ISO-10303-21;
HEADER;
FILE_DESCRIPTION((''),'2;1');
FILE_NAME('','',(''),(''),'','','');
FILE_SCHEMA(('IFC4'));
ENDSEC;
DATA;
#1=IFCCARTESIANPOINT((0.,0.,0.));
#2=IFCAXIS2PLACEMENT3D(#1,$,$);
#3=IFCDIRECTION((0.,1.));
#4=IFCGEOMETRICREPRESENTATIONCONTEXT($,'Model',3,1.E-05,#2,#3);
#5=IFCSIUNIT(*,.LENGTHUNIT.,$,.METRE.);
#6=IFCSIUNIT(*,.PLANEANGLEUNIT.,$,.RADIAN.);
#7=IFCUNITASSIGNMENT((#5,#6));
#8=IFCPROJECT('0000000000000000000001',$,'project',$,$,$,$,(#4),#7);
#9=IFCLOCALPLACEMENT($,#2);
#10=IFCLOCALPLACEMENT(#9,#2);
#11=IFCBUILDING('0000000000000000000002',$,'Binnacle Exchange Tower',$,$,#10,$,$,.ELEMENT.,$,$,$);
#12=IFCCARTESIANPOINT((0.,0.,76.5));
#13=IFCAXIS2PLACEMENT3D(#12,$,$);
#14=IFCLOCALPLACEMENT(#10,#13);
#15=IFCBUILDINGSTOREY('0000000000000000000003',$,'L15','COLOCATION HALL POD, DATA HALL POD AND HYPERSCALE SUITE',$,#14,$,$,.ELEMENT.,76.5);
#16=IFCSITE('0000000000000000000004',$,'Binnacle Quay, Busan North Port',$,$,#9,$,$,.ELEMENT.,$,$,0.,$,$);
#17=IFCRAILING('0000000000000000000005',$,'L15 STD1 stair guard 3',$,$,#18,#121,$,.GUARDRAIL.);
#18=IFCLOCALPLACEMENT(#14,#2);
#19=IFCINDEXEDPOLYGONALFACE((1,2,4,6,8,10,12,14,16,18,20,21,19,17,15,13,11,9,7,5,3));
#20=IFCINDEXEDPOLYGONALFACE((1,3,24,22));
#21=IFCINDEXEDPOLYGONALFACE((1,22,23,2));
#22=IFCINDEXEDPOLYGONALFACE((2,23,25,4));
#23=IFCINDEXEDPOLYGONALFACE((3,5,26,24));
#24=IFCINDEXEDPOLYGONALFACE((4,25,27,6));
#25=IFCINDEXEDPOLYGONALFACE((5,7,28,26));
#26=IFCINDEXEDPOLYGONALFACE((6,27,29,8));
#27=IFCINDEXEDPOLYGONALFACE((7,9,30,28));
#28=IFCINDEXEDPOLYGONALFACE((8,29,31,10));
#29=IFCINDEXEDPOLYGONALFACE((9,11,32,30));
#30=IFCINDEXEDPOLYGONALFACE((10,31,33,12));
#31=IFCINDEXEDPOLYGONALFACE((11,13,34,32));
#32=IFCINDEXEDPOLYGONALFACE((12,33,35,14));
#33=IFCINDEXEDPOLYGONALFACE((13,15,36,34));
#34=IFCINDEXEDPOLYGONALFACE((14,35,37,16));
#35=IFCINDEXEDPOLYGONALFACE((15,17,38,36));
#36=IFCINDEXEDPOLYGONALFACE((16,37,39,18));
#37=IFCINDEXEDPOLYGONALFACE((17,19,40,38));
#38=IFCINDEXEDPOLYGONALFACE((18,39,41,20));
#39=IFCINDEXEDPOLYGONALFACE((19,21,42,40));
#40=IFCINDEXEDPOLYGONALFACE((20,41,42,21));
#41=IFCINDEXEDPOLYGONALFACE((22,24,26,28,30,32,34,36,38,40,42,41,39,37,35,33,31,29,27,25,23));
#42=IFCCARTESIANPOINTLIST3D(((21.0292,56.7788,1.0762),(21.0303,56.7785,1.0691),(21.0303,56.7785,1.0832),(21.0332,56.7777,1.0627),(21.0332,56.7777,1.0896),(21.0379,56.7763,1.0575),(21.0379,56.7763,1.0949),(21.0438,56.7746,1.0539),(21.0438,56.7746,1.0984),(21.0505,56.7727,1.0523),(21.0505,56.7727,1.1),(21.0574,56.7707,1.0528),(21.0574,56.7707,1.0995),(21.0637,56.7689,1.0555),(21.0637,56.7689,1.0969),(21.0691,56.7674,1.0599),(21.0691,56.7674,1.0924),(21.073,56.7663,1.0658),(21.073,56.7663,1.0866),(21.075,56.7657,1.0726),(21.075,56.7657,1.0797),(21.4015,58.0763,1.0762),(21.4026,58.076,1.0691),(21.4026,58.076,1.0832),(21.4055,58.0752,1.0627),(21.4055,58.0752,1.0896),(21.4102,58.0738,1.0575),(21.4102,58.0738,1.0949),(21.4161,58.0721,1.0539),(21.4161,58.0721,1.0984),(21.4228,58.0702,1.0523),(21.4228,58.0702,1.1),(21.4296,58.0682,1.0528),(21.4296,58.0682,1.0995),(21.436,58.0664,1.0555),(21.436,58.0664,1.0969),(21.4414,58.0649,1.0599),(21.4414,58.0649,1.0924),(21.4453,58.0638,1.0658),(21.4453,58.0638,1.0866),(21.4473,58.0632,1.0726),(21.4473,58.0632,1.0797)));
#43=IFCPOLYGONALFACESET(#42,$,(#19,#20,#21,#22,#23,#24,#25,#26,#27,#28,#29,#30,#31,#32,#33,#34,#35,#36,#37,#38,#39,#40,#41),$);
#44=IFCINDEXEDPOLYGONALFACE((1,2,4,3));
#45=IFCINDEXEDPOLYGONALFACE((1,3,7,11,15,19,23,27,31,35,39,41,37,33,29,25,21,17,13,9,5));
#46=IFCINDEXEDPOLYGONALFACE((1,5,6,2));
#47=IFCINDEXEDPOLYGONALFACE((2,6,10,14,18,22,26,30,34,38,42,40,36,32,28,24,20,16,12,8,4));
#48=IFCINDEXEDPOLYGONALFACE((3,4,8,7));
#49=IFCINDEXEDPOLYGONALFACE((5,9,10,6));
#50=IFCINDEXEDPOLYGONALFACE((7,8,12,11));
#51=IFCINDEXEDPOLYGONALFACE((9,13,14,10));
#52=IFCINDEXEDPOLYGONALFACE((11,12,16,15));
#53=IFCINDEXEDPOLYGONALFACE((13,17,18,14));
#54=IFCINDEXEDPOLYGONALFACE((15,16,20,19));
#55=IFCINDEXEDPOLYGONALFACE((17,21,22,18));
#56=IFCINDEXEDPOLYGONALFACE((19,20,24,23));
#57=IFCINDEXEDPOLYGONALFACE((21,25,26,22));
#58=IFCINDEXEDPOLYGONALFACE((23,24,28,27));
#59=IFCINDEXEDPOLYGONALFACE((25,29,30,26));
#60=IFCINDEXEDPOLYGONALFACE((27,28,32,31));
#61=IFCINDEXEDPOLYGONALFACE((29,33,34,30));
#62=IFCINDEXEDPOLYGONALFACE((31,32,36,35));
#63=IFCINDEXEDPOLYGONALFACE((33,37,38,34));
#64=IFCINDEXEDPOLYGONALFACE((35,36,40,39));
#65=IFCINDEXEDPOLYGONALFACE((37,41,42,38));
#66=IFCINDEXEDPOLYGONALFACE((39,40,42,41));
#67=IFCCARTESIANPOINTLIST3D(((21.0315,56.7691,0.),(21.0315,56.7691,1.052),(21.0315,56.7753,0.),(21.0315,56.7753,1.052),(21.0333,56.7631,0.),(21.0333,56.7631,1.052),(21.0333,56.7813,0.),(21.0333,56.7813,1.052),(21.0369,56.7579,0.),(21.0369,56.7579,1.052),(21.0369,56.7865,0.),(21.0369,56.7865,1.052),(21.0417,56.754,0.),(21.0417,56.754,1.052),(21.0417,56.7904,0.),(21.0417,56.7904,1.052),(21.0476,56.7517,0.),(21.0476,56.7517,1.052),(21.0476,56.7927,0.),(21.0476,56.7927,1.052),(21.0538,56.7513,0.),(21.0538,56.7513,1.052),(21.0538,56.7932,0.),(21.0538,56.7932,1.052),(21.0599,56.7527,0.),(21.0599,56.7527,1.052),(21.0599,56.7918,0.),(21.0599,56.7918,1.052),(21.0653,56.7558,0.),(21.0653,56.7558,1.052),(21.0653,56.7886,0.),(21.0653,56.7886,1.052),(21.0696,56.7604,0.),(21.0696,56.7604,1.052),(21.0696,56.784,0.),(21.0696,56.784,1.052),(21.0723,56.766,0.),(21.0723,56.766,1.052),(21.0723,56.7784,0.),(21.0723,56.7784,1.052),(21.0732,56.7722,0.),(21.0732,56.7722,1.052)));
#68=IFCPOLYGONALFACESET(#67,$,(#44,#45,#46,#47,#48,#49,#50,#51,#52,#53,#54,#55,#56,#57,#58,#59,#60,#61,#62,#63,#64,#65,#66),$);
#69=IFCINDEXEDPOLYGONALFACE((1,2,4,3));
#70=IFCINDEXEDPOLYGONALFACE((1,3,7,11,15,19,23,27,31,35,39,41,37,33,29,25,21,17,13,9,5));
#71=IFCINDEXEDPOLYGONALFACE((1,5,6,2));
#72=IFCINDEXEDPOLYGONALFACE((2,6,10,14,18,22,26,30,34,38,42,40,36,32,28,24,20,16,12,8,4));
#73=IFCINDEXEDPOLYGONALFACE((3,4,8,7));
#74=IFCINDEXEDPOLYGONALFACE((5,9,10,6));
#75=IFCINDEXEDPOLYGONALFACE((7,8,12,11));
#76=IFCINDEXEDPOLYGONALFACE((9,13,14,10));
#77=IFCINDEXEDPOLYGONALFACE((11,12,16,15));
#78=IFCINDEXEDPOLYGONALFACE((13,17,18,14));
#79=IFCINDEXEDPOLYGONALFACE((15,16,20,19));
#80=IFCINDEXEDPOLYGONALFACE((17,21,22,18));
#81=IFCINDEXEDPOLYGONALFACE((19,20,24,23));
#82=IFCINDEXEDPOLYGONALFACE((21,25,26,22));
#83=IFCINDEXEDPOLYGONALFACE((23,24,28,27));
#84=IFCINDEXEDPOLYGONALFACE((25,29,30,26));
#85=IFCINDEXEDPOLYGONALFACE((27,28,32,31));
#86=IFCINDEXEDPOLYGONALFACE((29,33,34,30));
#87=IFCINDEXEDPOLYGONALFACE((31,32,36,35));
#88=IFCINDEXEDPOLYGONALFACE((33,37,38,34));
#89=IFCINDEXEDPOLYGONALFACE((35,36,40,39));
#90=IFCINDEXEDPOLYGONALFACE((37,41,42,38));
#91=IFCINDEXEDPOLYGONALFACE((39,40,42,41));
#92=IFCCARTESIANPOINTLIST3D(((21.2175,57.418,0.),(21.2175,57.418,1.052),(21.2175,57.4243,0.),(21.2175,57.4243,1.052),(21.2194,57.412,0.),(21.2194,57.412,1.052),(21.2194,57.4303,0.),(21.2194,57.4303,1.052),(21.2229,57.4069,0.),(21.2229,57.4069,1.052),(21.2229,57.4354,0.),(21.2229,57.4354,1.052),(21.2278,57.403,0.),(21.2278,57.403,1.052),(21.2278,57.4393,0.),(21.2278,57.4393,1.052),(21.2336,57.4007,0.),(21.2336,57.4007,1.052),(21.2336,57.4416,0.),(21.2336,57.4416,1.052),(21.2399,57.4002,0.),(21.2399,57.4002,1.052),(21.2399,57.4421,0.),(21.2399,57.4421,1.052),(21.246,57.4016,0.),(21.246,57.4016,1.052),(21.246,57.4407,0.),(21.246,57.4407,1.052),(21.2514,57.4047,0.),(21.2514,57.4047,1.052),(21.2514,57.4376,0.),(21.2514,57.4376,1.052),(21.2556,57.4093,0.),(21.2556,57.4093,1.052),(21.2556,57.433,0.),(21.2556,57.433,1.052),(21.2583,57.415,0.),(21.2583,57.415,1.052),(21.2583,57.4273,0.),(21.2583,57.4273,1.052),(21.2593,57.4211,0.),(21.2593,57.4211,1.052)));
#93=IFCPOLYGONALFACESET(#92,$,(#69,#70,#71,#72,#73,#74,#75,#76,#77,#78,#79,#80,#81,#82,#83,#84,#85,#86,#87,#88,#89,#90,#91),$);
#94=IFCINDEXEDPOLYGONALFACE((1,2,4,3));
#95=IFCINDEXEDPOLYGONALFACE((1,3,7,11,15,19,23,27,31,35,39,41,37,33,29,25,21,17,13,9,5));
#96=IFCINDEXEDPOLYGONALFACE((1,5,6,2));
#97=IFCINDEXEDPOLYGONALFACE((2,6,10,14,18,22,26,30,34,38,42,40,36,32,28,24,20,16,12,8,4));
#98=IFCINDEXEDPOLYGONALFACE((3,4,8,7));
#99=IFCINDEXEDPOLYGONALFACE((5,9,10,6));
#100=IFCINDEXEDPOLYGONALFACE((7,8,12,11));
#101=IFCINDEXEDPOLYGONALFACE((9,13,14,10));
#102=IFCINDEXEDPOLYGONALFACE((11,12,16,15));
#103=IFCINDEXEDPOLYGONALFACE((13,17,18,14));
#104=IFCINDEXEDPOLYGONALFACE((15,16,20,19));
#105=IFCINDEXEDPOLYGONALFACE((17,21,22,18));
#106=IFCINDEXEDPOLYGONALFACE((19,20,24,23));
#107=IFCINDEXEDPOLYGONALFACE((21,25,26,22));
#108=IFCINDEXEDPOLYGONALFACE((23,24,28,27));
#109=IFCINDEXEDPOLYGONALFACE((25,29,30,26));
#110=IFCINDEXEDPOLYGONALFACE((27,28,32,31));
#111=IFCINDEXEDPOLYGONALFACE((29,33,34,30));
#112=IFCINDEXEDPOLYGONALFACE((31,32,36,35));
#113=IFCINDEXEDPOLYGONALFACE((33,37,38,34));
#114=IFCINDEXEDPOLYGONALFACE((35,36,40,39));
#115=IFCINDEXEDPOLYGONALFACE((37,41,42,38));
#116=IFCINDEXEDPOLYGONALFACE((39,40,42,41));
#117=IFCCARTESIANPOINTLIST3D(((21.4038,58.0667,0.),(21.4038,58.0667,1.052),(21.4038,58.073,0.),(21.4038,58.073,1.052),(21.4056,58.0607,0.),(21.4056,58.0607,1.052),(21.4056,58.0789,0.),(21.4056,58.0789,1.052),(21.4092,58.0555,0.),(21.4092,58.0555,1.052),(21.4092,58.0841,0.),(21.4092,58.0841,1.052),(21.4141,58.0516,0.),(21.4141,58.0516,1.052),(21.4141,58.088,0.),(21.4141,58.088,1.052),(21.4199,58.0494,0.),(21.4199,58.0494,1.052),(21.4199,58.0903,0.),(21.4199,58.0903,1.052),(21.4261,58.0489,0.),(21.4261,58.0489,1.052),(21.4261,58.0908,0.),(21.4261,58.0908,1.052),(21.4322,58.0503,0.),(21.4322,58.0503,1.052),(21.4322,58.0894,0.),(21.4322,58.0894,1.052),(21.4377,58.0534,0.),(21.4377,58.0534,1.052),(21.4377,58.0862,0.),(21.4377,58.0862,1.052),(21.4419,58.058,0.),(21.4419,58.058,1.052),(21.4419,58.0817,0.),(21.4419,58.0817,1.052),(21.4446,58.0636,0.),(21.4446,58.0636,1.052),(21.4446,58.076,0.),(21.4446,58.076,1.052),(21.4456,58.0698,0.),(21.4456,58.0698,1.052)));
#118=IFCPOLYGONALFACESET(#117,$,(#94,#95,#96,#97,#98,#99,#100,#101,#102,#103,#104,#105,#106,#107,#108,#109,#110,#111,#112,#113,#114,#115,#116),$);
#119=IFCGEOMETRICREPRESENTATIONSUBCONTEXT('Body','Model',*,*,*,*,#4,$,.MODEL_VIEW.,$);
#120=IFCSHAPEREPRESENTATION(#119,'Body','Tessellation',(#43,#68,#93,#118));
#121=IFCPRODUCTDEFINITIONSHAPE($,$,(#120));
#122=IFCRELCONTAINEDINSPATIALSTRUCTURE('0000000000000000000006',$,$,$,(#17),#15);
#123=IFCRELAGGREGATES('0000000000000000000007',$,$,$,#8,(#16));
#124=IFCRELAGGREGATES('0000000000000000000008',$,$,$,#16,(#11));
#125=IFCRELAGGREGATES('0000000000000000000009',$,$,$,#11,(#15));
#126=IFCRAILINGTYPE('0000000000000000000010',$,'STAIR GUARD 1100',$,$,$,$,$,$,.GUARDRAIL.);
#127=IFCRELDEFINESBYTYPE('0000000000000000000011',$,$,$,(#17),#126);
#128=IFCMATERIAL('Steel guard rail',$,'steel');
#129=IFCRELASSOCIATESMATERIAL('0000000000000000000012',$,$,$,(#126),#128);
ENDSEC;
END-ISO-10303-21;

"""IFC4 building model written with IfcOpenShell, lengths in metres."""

from ifc_helpers import new_model, si_unit, direction, frame, origin, origin_2d, place, context, subcontext, project, spatial, circle, extrude, material, type_object, element, save


model = new_model("IFC4")

# Units and contexts
model_context = context("Model", 3, precision=1e-05, world=origin(), true_north=direction((0.0, 1.0)))
body_context = subcontext(model_context, "Body", "Model", "MODEL_VIEW")
ifc_project = project(units=[si_unit("LENGTHUNIT", "METRE"), si_unit("PLANEANGLEUNIT", "RADIAN")], contexts=[model_context])

# Site, building, storey
site_placement = place(None, origin())
site = spatial("IfcSite", under=ifc_project, at=site_placement, Name="Binnacle Quay, Busan North Port", CompositionType="ELEMENT", RefElevation=0.0)
building_placement = place(site_placement, origin())
building = spatial("IfcBuilding", under=site, at=building_placement, Name="Binnacle Exchange Tower", CompositionType="ELEMENT")
storey_placement = place(building_placement, frame((0.0, 0.0, 76.5)))
storey = spatial("IfcBuildingStorey", under=building, at=storey_placement, Name="L15", Description="COLOCATION HALL POD, DATA HALL POD AND HYPERSCALE SUITE", CompositionType="ELEMENT", Elevation=76.5)

# Railing
ifc_material_1 = material(Name="Steel guard rail", Category="steel")
railing_type_1 = type_object("IfcRailingType", Name="STAIR GUARD 1100", PredefinedType="GUARDRAIL", material=ifc_material_1)
railing_1_placement = place(storey_placement, frame((21.0522, 56.7722, 0.0)))
element("IfcRailing", 1, at=railing_1_placement, inside=storey, type_object=railing_type_1, Name="L15 STD1 stair guard 3", PredefinedType="GUARDRAIL", context=body_context, shape_type="SweptSolid", body=[
    extrude(circle(Radius=0.0239, at=origin_2d()), frame((0.0, 0.0, 1.0762), z_axis=(0.275796, 0.961216, 0.0), x_axis=(-0.961216, 0.275796, 0.0)), (0.0, 0.0, 1.0), 1.3499),
    extrude(circle(Radius=0.021, at=origin_2d()), origin(), (0.0, 0.0, 1.0), 1.052),
    extrude(circle(Radius=0.021, at=origin_2d()), frame((0.186, 0.6489, 0.0)), (0.0, 0.0, 1.0), 1.052),
    extrude(circle(Radius=0.021, at=origin_2d()), frame((0.3723, 1.2976, 0.0)), (0.0, 0.0, 1.0), 1.052),
])

save(model, "model.ifc")
